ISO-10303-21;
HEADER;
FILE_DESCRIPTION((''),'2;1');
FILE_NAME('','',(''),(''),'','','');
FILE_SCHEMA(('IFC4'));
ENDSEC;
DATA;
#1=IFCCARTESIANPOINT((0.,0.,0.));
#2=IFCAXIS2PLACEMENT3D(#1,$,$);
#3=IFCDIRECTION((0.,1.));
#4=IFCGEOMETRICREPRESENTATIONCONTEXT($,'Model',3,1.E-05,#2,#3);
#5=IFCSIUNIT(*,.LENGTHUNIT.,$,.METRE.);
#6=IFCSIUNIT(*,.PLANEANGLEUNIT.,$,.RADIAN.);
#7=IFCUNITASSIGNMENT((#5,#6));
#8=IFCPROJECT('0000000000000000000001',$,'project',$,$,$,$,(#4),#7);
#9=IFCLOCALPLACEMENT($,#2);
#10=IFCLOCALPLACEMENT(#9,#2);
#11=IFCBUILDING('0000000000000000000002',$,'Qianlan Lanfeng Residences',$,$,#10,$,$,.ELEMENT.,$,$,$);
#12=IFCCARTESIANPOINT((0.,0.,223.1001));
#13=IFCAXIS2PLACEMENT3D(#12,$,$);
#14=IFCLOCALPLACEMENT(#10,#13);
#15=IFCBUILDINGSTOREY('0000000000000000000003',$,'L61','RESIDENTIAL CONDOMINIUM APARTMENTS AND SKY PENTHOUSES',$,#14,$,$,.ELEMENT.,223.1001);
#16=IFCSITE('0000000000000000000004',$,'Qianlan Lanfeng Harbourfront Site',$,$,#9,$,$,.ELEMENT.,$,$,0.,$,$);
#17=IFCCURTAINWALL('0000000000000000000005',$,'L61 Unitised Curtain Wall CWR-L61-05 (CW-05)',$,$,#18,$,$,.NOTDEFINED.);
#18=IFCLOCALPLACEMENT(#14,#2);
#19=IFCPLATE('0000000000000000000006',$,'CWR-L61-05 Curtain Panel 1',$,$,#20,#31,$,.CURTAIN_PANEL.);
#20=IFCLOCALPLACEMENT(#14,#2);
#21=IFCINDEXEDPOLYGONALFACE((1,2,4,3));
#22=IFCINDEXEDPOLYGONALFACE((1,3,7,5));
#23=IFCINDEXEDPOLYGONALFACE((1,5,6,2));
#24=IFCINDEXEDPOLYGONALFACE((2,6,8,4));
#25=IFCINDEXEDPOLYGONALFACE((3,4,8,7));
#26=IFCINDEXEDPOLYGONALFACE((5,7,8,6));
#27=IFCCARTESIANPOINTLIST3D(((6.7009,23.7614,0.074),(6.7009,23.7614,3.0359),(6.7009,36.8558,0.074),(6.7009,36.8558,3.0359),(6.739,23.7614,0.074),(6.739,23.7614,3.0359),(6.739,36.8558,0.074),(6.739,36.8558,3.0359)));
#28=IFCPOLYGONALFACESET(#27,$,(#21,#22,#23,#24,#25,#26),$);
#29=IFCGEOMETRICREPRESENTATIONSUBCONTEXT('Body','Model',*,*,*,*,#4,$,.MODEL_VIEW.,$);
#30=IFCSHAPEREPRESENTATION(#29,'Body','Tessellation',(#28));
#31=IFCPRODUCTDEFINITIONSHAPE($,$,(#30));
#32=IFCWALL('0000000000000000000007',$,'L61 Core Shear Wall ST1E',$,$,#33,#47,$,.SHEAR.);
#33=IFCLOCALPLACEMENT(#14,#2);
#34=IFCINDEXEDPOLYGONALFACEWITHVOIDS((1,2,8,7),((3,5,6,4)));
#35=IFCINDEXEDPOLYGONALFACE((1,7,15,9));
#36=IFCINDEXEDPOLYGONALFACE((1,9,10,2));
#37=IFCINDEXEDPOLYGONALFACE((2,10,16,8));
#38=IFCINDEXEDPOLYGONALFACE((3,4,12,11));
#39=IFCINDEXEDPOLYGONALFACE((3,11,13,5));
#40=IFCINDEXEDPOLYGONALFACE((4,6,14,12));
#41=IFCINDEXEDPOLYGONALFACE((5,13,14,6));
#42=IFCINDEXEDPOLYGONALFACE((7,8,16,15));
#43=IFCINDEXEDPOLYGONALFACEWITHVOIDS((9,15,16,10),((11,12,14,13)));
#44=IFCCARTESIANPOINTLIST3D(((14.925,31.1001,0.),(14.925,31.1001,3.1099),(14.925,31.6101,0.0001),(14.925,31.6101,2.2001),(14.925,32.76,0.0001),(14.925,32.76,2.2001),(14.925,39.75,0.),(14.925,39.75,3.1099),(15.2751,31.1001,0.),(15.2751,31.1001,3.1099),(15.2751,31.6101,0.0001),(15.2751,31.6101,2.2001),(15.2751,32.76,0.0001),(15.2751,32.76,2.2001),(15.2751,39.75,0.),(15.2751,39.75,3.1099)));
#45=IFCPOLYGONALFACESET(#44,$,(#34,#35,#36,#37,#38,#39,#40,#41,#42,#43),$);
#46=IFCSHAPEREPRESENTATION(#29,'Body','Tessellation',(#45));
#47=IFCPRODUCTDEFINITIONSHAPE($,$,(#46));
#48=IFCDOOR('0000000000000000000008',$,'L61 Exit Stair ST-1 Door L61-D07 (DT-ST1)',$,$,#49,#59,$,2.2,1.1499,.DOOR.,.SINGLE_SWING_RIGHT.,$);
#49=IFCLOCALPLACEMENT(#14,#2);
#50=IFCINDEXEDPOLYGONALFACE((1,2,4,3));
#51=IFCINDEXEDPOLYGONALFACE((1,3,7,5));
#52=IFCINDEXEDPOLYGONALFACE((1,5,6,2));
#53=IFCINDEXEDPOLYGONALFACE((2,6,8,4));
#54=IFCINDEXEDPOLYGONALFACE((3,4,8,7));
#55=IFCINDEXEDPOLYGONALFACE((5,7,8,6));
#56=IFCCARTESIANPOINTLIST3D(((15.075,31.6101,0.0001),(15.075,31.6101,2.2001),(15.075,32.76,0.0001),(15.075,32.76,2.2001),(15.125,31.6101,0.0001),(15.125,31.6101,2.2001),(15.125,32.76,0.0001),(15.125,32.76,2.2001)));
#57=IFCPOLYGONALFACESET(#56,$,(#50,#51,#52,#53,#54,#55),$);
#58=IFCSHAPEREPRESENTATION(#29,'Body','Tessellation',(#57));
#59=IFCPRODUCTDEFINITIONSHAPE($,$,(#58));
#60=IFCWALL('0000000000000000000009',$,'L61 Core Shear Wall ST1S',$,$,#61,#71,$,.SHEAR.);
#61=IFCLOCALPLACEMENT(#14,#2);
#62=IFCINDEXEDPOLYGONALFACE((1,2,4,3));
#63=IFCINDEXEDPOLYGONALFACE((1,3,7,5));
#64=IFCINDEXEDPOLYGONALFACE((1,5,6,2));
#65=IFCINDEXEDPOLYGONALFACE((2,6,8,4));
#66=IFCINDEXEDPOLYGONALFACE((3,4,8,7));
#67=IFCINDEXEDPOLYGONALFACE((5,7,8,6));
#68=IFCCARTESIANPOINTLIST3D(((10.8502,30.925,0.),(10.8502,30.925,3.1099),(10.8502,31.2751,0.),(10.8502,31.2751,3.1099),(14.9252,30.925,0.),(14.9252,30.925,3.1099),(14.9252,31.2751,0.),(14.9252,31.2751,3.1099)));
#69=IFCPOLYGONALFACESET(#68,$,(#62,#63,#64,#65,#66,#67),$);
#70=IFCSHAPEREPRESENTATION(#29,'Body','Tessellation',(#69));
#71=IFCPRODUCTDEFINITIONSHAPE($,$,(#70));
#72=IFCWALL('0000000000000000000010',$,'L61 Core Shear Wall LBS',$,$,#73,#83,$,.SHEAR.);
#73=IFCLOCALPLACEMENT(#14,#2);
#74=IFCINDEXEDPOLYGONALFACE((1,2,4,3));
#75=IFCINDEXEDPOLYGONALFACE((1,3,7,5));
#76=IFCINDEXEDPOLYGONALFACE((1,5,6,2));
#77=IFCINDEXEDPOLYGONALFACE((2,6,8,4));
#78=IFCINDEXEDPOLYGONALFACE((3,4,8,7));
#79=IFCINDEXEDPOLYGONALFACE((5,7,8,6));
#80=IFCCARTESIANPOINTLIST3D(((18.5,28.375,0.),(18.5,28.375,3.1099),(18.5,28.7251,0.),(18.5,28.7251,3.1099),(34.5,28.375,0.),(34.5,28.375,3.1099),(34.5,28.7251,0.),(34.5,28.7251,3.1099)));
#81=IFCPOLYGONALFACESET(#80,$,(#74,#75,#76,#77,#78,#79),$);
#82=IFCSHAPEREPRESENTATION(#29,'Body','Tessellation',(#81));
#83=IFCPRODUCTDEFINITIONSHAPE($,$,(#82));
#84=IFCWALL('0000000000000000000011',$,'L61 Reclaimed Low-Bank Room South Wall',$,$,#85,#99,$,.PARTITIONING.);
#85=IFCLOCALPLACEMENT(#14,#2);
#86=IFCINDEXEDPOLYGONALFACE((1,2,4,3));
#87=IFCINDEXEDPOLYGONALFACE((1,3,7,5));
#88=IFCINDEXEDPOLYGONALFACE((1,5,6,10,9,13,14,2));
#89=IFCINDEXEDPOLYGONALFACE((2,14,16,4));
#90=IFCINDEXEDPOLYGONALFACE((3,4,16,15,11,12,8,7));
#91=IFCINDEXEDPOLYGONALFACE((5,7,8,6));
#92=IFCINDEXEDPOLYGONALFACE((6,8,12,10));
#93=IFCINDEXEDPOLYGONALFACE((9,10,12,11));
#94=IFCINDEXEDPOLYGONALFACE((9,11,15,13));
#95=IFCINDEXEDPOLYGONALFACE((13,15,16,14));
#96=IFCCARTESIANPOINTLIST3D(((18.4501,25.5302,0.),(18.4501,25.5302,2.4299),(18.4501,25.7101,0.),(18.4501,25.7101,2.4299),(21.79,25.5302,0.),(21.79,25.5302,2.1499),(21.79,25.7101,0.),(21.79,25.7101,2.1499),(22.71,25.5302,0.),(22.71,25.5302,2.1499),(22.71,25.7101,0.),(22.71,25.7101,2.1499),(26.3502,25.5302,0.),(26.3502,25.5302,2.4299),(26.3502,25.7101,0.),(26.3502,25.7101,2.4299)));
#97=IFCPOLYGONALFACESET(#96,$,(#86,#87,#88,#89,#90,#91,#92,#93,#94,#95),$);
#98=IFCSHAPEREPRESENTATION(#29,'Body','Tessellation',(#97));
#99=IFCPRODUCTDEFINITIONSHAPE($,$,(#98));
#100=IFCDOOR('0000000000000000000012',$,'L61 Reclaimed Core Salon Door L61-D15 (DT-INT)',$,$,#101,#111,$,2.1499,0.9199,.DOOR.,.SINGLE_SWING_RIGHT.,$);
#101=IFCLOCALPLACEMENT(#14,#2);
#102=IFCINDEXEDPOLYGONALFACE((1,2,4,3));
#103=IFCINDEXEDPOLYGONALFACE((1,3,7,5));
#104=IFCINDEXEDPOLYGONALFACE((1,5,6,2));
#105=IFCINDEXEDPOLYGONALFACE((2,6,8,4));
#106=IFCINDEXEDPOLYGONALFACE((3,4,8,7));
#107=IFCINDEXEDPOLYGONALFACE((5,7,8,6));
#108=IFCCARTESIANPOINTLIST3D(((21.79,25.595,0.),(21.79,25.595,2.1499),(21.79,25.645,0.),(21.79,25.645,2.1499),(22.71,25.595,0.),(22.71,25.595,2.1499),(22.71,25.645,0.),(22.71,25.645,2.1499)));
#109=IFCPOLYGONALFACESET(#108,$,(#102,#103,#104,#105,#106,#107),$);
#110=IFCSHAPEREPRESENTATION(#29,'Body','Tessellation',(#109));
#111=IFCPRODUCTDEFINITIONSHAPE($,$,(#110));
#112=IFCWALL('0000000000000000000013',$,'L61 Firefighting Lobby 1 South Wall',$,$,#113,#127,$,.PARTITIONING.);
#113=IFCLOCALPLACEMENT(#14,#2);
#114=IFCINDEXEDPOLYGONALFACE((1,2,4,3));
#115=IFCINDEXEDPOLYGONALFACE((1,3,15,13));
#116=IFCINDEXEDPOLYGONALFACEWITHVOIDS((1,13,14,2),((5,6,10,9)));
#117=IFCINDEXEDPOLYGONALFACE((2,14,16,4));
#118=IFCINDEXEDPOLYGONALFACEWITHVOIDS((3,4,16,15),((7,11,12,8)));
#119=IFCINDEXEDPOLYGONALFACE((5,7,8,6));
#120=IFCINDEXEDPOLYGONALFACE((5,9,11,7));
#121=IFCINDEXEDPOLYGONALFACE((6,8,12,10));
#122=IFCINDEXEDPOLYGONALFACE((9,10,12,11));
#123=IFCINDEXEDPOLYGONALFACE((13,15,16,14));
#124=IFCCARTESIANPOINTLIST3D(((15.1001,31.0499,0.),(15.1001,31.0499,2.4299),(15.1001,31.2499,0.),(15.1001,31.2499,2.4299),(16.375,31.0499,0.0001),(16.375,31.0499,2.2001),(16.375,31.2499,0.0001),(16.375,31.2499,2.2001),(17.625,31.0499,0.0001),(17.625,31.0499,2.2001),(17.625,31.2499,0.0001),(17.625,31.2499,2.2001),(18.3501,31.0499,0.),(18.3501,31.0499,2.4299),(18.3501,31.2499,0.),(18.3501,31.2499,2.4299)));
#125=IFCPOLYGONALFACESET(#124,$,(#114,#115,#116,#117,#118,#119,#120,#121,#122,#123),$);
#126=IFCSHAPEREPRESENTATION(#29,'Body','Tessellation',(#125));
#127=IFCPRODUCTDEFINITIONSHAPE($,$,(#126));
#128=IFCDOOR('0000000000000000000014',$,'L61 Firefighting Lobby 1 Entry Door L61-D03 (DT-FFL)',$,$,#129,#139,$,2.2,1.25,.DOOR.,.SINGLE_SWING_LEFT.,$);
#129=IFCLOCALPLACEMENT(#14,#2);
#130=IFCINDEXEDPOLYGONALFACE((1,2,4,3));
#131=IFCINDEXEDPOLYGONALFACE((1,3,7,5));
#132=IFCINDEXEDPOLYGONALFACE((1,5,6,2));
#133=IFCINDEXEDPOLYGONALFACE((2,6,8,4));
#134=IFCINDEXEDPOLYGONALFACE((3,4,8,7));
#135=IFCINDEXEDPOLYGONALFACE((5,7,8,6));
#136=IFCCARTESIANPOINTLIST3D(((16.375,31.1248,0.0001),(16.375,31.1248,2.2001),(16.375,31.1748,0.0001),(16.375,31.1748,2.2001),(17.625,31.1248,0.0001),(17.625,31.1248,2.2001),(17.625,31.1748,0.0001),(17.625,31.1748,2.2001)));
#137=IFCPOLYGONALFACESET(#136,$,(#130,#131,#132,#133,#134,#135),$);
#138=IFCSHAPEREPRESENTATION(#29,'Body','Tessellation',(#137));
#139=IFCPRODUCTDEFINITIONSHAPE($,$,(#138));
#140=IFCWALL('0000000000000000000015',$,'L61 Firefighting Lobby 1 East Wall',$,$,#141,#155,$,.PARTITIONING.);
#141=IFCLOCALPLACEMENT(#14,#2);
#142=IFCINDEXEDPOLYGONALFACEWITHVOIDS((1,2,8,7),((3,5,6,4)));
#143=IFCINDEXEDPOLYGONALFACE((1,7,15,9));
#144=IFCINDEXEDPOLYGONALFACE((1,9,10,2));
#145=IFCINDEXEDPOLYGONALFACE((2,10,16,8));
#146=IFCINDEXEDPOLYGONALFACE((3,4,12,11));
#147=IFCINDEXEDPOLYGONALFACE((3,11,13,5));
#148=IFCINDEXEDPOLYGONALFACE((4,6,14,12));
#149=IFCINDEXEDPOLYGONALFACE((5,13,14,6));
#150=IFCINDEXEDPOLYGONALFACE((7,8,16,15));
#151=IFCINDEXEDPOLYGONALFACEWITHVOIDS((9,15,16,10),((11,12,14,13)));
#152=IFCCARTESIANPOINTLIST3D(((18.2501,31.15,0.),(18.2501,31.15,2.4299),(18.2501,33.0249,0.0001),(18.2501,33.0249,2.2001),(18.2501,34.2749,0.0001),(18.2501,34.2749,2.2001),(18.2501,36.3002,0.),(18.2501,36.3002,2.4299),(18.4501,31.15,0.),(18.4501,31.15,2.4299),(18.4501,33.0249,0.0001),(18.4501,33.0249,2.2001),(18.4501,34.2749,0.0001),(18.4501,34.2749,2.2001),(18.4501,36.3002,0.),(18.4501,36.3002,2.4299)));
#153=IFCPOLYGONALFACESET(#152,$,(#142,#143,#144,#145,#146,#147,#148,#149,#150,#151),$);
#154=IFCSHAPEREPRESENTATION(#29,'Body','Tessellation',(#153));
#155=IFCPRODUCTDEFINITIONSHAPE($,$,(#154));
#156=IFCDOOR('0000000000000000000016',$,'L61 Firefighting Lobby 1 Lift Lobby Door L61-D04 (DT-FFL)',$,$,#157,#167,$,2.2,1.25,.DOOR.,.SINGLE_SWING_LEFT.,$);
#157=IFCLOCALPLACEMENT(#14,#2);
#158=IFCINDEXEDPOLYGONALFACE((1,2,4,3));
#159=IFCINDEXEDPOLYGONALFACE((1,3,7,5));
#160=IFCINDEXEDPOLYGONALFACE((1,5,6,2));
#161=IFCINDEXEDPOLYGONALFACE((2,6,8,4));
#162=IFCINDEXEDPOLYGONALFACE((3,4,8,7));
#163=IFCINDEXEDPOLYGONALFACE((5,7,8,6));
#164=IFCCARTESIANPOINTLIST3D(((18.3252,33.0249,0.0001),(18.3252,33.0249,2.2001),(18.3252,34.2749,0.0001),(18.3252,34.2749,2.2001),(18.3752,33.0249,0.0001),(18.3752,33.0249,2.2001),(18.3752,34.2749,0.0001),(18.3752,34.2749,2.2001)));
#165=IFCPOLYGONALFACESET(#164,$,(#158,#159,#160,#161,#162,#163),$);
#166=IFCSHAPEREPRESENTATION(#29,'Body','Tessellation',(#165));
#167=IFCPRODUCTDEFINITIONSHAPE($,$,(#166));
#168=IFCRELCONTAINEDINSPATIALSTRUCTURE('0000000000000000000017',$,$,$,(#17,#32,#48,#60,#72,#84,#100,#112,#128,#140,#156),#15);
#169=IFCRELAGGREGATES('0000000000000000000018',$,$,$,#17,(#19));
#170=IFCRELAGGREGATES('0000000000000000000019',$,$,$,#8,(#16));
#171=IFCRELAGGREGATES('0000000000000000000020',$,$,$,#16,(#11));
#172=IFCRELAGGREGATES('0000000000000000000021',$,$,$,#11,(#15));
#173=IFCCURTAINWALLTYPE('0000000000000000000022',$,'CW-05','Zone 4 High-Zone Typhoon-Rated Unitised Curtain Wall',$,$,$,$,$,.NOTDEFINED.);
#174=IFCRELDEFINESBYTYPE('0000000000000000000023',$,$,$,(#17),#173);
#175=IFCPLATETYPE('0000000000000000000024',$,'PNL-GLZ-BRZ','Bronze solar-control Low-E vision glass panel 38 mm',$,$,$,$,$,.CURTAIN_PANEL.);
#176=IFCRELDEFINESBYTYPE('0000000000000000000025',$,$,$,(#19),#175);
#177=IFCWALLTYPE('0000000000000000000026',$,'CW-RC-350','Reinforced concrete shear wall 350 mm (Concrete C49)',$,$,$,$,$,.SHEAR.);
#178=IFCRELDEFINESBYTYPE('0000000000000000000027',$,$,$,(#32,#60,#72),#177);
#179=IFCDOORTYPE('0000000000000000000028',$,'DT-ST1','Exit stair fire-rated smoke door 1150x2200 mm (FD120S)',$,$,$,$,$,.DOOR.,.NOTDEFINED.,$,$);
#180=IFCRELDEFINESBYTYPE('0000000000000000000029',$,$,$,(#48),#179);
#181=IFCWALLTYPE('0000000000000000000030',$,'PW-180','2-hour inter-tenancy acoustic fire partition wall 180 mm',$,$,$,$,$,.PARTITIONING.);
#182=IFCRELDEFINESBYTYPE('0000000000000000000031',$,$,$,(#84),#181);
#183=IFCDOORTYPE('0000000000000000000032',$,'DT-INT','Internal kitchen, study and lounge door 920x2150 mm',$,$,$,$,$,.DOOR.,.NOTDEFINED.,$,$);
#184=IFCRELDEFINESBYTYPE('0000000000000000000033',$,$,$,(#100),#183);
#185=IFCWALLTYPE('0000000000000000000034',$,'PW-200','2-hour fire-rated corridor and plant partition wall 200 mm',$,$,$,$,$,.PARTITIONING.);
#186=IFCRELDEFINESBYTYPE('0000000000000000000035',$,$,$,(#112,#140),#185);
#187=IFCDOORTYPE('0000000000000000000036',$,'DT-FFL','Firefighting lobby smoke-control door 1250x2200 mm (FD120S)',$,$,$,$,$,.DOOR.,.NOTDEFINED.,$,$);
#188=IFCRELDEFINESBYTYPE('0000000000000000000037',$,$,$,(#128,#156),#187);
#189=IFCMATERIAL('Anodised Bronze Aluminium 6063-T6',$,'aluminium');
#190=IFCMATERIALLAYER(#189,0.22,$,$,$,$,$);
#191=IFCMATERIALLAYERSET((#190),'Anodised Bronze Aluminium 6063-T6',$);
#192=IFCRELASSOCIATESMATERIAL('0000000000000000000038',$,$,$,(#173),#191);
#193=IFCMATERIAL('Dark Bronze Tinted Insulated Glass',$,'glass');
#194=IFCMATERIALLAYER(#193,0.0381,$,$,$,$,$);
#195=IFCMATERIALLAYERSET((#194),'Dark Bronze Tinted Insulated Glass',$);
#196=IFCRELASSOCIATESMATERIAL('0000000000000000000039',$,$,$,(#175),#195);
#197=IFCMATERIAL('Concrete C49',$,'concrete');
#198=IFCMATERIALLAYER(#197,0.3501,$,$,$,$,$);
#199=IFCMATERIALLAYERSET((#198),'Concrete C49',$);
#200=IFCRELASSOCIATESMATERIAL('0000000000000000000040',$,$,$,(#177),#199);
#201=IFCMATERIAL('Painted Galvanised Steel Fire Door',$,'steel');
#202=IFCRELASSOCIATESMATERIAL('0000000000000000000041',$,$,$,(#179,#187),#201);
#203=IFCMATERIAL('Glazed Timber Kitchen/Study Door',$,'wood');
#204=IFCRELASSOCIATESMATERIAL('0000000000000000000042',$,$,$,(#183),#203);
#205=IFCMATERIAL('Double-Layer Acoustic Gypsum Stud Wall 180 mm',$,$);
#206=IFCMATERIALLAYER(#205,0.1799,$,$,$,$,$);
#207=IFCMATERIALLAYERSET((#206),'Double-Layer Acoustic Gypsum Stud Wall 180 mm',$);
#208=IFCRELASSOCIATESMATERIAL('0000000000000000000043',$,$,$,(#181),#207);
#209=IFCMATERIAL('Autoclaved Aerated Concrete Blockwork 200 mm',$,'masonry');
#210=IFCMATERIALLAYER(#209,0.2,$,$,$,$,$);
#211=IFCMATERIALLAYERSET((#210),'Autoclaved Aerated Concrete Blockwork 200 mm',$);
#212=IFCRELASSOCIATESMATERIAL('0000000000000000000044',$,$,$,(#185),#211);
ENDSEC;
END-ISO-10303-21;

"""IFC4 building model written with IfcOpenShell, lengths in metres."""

from ifc_helpers import new_model, si_unit, direction, frame, frame_2d, origin, origin_2d, place, context, subcontext, project, spatial, rectangle, extrude, source, transform, mapped, material, layer, layer_set, type_object, element, fill, aggregate, save


model = new_model("IFC4")

# Units and contexts
model_context = context("Model", 3, precision=1e-05, world=origin(), true_north=direction((0.0, 1.0)))
body_context = subcontext(model_context, "Body", "Model", "MODEL_VIEW")
ifc_project = project(units=[si_unit("LENGTHUNIT", "METRE"), si_unit("PLANEANGLEUNIT", "RADIAN")], contexts=[model_context])

# Site, building, storey
site_placement = place(None, origin())
site = spatial("IfcSite", under=ifc_project, at=site_placement, Name="Qianlan Lanfeng Harbourfront Site", CompositionType="ELEMENT", RefElevation=0.0)
building_placement = place(site_placement, origin())
building = spatial("IfcBuilding", under=site, at=building_placement, Name="Qianlan Lanfeng Residences", CompositionType="ELEMENT")
storey_placement = place(building_placement, frame((0.0, 0.0, 223.1001)))
storey = spatial("IfcBuildingStorey", under=building, at=storey_placement, Name="L61", Description="RESIDENTIAL CONDOMINIUM APARTMENTS AND SKY PENTHOUSES", CompositionType="ELEMENT", Elevation=223.1001)

# Curtain wall, plate
ifc_material_1 = material(Name="Anodised Bronze Aluminium 6063-T6", Category="aluminium")
ifc_layer_1 = layer(ifc_material_1, 0.22)
ifc_layer_set_1 = layer_set([ifc_layer_1], Name="Anodised Bronze Aluminium 6063-T6")
curtain_wall_type = type_object("IfcCurtainWallType", Name="CW-05", Description="Zone 4 High-Zone Typhoon-Rated Unitised Curtain Wall", PredefinedType="NOTDEFINED", material=ifc_layer_set_1)
curtain_wall_placement = place(storey_placement, origin())
curtain_wall = element("IfcCurtainWall", 1, at=curtain_wall_placement, inside=storey, type_object=curtain_wall_type, Name="L61 Unitised Curtain Wall CWR-L61-05 (CW-05)", PredefinedType="NOTDEFINED")
ifc_material_2 = material(Name="Dark Bronze Tinted Insulated Glass", Category="glass")
ifc_layer_2 = layer(ifc_material_2, 0.0381)
ifc_layer_set_2 = layer_set([ifc_layer_2], Name="Dark Bronze Tinted Insulated Glass")
plate_type = type_object("IfcPlateType", Name="PNL-GLZ-BRZ", Description="Bronze solar-control Low-E vision glass panel 38 mm", PredefinedType="CURTAIN_PANEL", material=ifc_layer_set_2)
shared_shape_1 = source(origin(), body_context, "Body", "SweptSolid", [
    extrude(rectangle(XDim=13.0945, YDim=0.0381, at=origin_2d()), origin(), (0.0, 0.0, 1.0), 2.9619),
])
plate_placement = place(storey_placement, frame((6.72, 30.3086, 0.074), z_axis=(0.0, 0.0, 1.0), x_axis=(0.0, -1.0, 0.0)))
plate = element("IfcPlate", 2, at=plate_placement, type_object=plate_type, Name="CWR-L61-05 Curtain Panel 1", PredefinedType="CURTAIN_PANEL", context=body_context, shape_type="MappedRepresentation", body=[
    mapped(shared_shape_1, transform((0.0, 0.0, 0.0), scale=1.0)),
])
aggregate(curtain_wall, [plate])

# Wall, opening, door
ifc_material_3 = material(Name="Concrete C49", Category="concrete")
ifc_layer_3 = layer(ifc_material_3, 0.3501)
ifc_layer_set_3 = layer_set([ifc_layer_3], Name="Concrete C49")
wall_type_1 = type_object("IfcWallType", Name="CW-RC-350", Description="Reinforced concrete shear wall 350 mm (Concrete C49)", PredefinedType="SHEAR", material=ifc_layer_set_3)
wall_1_placement = place(storey_placement, frame((15.1001, 31.1001, 0.0), z_axis=(0.0, 0.0, 1.0), x_axis=(0.0, 1.0, 0.0)))
wall_1 = element("IfcWall", 3, at=wall_1_placement, inside=storey, type_object=wall_type_1, Name="L61 Core Shear Wall ST1E", PredefinedType="SHEAR", context=body_context, shape_type="SweptSolid", body=[
    extrude(rectangle(XDim=8.6499, YDim=0.3501, at=frame_2d((4.325, 0.0))), origin(), (0.0, 0.0, 1.0), 3.1099),
])
opening_1_placement = place(wall_1_placement, frame((0.51, 0.0, 0.0)))
opening_1 = element("IfcOpeningElement", 4, at=opening_1_placement, cuts=wall_1, PredefinedType="OPENING", context=body_context, shape_type="SweptSolid", body=[
    extrude(rectangle(XDim=1.1499, YDim=2.2, at=frame_2d((0.575, 1.1001))), frame((0.0, 0.1851, 0.0), z_axis=(0.0, -1.0, 0.0), x_axis=(1.0, 0.0, 0.0)), (0.0, 0.0, 1.0), 0.3701),
])
ifc_material_4 = material(Name="Painted Galvanised Steel Fire Door", Category="steel")
door_type_1 = type_object("IfcDoorType", Name="DT-ST1", Description="Exit stair fire-rated smoke door 1150x2200 mm (FD120S)", OperationType="NOTDEFINED", PredefinedType="DOOR", material=ifc_material_4)
door_1_placement = place(opening_1_placement, frame((1.1499, 0.0, 0.0), z_axis=(0.0, 0.0, 1.0), x_axis=(-1.0, 0.0, 0.0)))
door_1 = element("IfcDoor", 5, at=door_1_placement, inside=storey, type_object=door_type_1, Name="L61 Exit Stair ST-1 Door L61-D07 (DT-ST1)", OperationType="SINGLE_SWING_RIGHT", OverallHeight=2.2, OverallWidth=1.1499, PredefinedType="DOOR", context=body_context, shape_type="SweptSolid", body=[
    extrude(rectangle(XDim=1.1499, YDim=2.2, at=frame_2d((0.575, 1.1001))), frame((0.0, 0.0249, 0.0), z_axis=(0.0, -1.0, 0.0), x_axis=(1.0, 0.0, 0.0)), (0.0, 0.0, 1.0), 0.05),
])
fill(opening_1, door_1)

# Walls
wall_2_placement = place(storey_placement, frame((10.8501, 31.1001, 0.0), z_axis=(0.0, 0.0, 1.0), x_axis=(1.0, 0.0, 0.0)))
element("IfcWall", 6, at=wall_2_placement, inside=storey, type_object=wall_type_1, Name="L61 Core Shear Wall ST1S", PredefinedType="SHEAR", context=body_context, shape_type="SweptSolid", body=[
    extrude(rectangle(XDim=4.075, YDim=0.3501, at=frame_2d((2.0376, 0.0))), origin(), (0.0, 0.0, 1.0), 3.1099),
])
wall_3_placement = place(storey_placement, frame((18.5, 28.55, 0.0), z_axis=(0.0, 0.0, 1.0), x_axis=(1.0, 0.0, 0.0)))
element("IfcWall", 7, at=wall_3_placement, inside=storey, type_object=wall_type_1, Name="L61 Core Shear Wall LBS", PredefinedType="SHEAR", context=body_context, shape_type="SweptSolid", body=[
    extrude(rectangle(XDim=16.0, YDim=0.3501, at=frame_2d((8.0, 0.0))), origin(), (0.0, 0.0, 1.0), 3.1099),
])

# Walls, openings, doors
ifc_material_5 = material(Name="Glazed Timber Kitchen/Study Door", Category="wood")
door_type_2 = type_object("IfcDoorType", Name="DT-INT", Description="Internal kitchen, study and lounge door 920x2150 mm", OperationType="NOTDEFINED", PredefinedType="DOOR", material=ifc_material_5)
ifc_material_6 = material(Name="Double-Layer Acoustic Gypsum Stud Wall 180 mm")
ifc_layer_4 = layer(ifc_material_6, 0.1799)
ifc_layer_set_4 = layer_set([ifc_layer_4], Name="Double-Layer Acoustic Gypsum Stud Wall 180 mm")
wall_type_2 = type_object("IfcWallType", Name="PW-180", Description="2-hour inter-tenancy acoustic fire partition wall 180 mm", PredefinedType="PARTITIONING", material=ifc_layer_set_4)
wall_4_placement = place(storey_placement, frame((18.45, 25.6201, 0.0), z_axis=(0.0, 0.0, 1.0), x_axis=(1.0, 0.0, 0.0)))
wall_4 = element("IfcWall", 8, at=wall_4_placement, inside=storey, type_object=wall_type_2, Name="L61 Reclaimed Low-Bank Room South Wall", PredefinedType="PARTITIONING", context=body_context, shape_type="SweptSolid", body=[
    extrude(rectangle(XDim=7.9001, YDim=0.1799, at=frame_2d((3.9502, 0.0))), origin(), (0.0, 0.0, 1.0), 2.4299),
])
opening_2_placement = place(wall_4_placement, frame((3.3401, 0.0, 0.0)))
opening_2 = element("IfcOpeningElement", 9, at=opening_2_placement, cuts=wall_4, PredefinedType="OPENING", context=body_context, shape_type="SweptSolid", body=[
    extrude(rectangle(XDim=0.9199, YDim=2.1499, at=frame_2d((0.46, 1.075))), frame((0.0, 0.1001, 0.0), z_axis=(0.0, -1.0, 0.0), x_axis=(1.0, 0.0, 0.0)), (0.0, 0.0, 1.0), 0.2),
])
door_2_placement = place(opening_2_placement, origin())
door_2 = element("IfcDoor", 10, at=door_2_placement, inside=storey, type_object=door_type_2, Name="L61 Reclaimed Core Salon Door L61-D15 (DT-INT)", OperationType="SINGLE_SWING_RIGHT", OverallHeight=2.1499, OverallWidth=0.9199, PredefinedType="DOOR", context=body_context, shape_type="SweptSolid", body=[
    extrude(rectangle(XDim=0.9199, YDim=2.1499, at=frame_2d((0.46, 1.075))), frame((0.0, 0.0249, 0.0), z_axis=(0.0, -1.0, 0.0), x_axis=(1.0, 0.0, 0.0)), (0.0, 0.0, 1.0), 0.05),
])
fill(opening_2, door_2)
ifc_material_7 = material(Name="Autoclaved Aerated Concrete Blockwork 200 mm", Category="masonry")
ifc_layer_5 = layer(ifc_material_7, 0.2)
ifc_layer_set_5 = layer_set([ifc_layer_5], Name="Autoclaved Aerated Concrete Blockwork 200 mm")
wall_type_3 = type_object("IfcWallType", Name="PW-200", Description="2-hour fire-rated corridor and plant partition wall 200 mm", PredefinedType="PARTITIONING", material=ifc_layer_set_5)
wall_5_placement = place(storey_placement, frame((15.1001, 31.1499, 0.0), z_axis=(0.0, 0.0, 1.0), x_axis=(1.0, 0.0, 0.0)))
wall_5 = element("IfcWall", 11, at=wall_5_placement, inside=storey, type_object=wall_type_3, Name="L61 Firefighting Lobby 1 South Wall", PredefinedType="PARTITIONING", context=body_context, shape_type="SweptSolid", body=[
    extrude(rectangle(XDim=3.25, YDim=0.2, at=frame_2d((1.625, 0.0))), origin(), (0.0, 0.0, 1.0), 2.4299),
])
opening_3_placement = place(wall_5_placement, frame((1.2749, 0.0, 0.0)))
opening_3 = element("IfcOpeningElement", 12, at=opening_3_placement, cuts=wall_5, PredefinedType="OPENING", context=body_context, shape_type="SweptSolid", body=[
    extrude(rectangle(XDim=1.25, YDim=2.2, at=frame_2d((0.625, 1.1001))), frame((0.0, 0.1099, 0.0), z_axis=(0.0, -1.0, 0.0), x_axis=(1.0, 0.0, 0.0)), (0.0, 0.0, 1.0), 0.22),
])
door_type_3 = type_object("IfcDoorType", Name="DT-FFL", Description="Firefighting lobby smoke-control door 1250x2200 mm (FD120S)", OperationType="NOTDEFINED", PredefinedType="DOOR", material=ifc_material_4)
door_3_placement = place(opening_3_placement, origin())
door_3 = element("IfcDoor", 13, at=door_3_placement, inside=storey, type_object=door_type_3, Name="L61 Firefighting Lobby 1 Entry Door L61-D03 (DT-FFL)", OperationType="SINGLE_SWING_LEFT", OverallHeight=2.2, OverallWidth=1.25, PredefinedType="DOOR", context=body_context, shape_type="SweptSolid", body=[
    extrude(rectangle(XDim=1.25, YDim=2.2, at=frame_2d((0.625, 1.1001))), frame((0.0, 0.0249, 0.0), z_axis=(0.0, -1.0, 0.0), x_axis=(1.0, 0.0, 0.0)), (0.0, 0.0, 1.0), 0.05),
])
fill(opening_3, door_3)
wall_6_placement = place(storey_placement, frame((18.3501, 31.1499, 0.0), z_axis=(0.0, 0.0, 1.0), x_axis=(0.0, 1.0, 0.0)))
wall_6 = element("IfcWall", 14, at=wall_6_placement, inside=storey, type_object=wall_type_3, Name="L61 Firefighting Lobby 1 East Wall", PredefinedType="PARTITIONING", context=body_context, shape_type="SweptSolid", body=[
    extrude(rectangle(XDim=5.1501, YDim=0.2, at=frame_2d((2.5752, 0.0))), origin(), (0.0, 0.0, 1.0), 2.4299),
])
opening_4_placement = place(wall_6_placement, frame((1.875, 0.0, 0.0)))
opening_4 = element("IfcOpeningElement", 15, at=opening_4_placement, cuts=wall_6, PredefinedType="OPENING", context=body_context, shape_type="SweptSolid", body=[
    extrude(rectangle(XDim=1.25, YDim=2.2, at=frame_2d((0.625, 1.1001))), frame((0.0, 0.1099, 0.0), z_axis=(0.0, -1.0, 0.0), x_axis=(1.0, 0.0, 0.0)), (0.0, 0.0, 1.0), 0.22),
])
door_4_placement = place(opening_4_placement, origin())
door_4 = element("IfcDoor", 16, at=door_4_placement, inside=storey, type_object=door_type_3, Name="L61 Firefighting Lobby 1 Lift Lobby Door L61-D04 (DT-FFL)", OperationType="SINGLE_SWING_LEFT", OverallHeight=2.2, OverallWidth=1.25, PredefinedType="DOOR", context=body_context, shape_type="SweptSolid", body=[
    extrude(rectangle(XDim=1.25, YDim=2.2, at=frame_2d((0.625, 1.1001))), frame((0.0, 0.0249, 0.0), z_axis=(0.0, -1.0, 0.0), x_axis=(1.0, 0.0, 0.0)), (0.0, 0.0, 1.0), 0.05),
])
fill(opening_4, door_4)

save(model, "model.ifc")
